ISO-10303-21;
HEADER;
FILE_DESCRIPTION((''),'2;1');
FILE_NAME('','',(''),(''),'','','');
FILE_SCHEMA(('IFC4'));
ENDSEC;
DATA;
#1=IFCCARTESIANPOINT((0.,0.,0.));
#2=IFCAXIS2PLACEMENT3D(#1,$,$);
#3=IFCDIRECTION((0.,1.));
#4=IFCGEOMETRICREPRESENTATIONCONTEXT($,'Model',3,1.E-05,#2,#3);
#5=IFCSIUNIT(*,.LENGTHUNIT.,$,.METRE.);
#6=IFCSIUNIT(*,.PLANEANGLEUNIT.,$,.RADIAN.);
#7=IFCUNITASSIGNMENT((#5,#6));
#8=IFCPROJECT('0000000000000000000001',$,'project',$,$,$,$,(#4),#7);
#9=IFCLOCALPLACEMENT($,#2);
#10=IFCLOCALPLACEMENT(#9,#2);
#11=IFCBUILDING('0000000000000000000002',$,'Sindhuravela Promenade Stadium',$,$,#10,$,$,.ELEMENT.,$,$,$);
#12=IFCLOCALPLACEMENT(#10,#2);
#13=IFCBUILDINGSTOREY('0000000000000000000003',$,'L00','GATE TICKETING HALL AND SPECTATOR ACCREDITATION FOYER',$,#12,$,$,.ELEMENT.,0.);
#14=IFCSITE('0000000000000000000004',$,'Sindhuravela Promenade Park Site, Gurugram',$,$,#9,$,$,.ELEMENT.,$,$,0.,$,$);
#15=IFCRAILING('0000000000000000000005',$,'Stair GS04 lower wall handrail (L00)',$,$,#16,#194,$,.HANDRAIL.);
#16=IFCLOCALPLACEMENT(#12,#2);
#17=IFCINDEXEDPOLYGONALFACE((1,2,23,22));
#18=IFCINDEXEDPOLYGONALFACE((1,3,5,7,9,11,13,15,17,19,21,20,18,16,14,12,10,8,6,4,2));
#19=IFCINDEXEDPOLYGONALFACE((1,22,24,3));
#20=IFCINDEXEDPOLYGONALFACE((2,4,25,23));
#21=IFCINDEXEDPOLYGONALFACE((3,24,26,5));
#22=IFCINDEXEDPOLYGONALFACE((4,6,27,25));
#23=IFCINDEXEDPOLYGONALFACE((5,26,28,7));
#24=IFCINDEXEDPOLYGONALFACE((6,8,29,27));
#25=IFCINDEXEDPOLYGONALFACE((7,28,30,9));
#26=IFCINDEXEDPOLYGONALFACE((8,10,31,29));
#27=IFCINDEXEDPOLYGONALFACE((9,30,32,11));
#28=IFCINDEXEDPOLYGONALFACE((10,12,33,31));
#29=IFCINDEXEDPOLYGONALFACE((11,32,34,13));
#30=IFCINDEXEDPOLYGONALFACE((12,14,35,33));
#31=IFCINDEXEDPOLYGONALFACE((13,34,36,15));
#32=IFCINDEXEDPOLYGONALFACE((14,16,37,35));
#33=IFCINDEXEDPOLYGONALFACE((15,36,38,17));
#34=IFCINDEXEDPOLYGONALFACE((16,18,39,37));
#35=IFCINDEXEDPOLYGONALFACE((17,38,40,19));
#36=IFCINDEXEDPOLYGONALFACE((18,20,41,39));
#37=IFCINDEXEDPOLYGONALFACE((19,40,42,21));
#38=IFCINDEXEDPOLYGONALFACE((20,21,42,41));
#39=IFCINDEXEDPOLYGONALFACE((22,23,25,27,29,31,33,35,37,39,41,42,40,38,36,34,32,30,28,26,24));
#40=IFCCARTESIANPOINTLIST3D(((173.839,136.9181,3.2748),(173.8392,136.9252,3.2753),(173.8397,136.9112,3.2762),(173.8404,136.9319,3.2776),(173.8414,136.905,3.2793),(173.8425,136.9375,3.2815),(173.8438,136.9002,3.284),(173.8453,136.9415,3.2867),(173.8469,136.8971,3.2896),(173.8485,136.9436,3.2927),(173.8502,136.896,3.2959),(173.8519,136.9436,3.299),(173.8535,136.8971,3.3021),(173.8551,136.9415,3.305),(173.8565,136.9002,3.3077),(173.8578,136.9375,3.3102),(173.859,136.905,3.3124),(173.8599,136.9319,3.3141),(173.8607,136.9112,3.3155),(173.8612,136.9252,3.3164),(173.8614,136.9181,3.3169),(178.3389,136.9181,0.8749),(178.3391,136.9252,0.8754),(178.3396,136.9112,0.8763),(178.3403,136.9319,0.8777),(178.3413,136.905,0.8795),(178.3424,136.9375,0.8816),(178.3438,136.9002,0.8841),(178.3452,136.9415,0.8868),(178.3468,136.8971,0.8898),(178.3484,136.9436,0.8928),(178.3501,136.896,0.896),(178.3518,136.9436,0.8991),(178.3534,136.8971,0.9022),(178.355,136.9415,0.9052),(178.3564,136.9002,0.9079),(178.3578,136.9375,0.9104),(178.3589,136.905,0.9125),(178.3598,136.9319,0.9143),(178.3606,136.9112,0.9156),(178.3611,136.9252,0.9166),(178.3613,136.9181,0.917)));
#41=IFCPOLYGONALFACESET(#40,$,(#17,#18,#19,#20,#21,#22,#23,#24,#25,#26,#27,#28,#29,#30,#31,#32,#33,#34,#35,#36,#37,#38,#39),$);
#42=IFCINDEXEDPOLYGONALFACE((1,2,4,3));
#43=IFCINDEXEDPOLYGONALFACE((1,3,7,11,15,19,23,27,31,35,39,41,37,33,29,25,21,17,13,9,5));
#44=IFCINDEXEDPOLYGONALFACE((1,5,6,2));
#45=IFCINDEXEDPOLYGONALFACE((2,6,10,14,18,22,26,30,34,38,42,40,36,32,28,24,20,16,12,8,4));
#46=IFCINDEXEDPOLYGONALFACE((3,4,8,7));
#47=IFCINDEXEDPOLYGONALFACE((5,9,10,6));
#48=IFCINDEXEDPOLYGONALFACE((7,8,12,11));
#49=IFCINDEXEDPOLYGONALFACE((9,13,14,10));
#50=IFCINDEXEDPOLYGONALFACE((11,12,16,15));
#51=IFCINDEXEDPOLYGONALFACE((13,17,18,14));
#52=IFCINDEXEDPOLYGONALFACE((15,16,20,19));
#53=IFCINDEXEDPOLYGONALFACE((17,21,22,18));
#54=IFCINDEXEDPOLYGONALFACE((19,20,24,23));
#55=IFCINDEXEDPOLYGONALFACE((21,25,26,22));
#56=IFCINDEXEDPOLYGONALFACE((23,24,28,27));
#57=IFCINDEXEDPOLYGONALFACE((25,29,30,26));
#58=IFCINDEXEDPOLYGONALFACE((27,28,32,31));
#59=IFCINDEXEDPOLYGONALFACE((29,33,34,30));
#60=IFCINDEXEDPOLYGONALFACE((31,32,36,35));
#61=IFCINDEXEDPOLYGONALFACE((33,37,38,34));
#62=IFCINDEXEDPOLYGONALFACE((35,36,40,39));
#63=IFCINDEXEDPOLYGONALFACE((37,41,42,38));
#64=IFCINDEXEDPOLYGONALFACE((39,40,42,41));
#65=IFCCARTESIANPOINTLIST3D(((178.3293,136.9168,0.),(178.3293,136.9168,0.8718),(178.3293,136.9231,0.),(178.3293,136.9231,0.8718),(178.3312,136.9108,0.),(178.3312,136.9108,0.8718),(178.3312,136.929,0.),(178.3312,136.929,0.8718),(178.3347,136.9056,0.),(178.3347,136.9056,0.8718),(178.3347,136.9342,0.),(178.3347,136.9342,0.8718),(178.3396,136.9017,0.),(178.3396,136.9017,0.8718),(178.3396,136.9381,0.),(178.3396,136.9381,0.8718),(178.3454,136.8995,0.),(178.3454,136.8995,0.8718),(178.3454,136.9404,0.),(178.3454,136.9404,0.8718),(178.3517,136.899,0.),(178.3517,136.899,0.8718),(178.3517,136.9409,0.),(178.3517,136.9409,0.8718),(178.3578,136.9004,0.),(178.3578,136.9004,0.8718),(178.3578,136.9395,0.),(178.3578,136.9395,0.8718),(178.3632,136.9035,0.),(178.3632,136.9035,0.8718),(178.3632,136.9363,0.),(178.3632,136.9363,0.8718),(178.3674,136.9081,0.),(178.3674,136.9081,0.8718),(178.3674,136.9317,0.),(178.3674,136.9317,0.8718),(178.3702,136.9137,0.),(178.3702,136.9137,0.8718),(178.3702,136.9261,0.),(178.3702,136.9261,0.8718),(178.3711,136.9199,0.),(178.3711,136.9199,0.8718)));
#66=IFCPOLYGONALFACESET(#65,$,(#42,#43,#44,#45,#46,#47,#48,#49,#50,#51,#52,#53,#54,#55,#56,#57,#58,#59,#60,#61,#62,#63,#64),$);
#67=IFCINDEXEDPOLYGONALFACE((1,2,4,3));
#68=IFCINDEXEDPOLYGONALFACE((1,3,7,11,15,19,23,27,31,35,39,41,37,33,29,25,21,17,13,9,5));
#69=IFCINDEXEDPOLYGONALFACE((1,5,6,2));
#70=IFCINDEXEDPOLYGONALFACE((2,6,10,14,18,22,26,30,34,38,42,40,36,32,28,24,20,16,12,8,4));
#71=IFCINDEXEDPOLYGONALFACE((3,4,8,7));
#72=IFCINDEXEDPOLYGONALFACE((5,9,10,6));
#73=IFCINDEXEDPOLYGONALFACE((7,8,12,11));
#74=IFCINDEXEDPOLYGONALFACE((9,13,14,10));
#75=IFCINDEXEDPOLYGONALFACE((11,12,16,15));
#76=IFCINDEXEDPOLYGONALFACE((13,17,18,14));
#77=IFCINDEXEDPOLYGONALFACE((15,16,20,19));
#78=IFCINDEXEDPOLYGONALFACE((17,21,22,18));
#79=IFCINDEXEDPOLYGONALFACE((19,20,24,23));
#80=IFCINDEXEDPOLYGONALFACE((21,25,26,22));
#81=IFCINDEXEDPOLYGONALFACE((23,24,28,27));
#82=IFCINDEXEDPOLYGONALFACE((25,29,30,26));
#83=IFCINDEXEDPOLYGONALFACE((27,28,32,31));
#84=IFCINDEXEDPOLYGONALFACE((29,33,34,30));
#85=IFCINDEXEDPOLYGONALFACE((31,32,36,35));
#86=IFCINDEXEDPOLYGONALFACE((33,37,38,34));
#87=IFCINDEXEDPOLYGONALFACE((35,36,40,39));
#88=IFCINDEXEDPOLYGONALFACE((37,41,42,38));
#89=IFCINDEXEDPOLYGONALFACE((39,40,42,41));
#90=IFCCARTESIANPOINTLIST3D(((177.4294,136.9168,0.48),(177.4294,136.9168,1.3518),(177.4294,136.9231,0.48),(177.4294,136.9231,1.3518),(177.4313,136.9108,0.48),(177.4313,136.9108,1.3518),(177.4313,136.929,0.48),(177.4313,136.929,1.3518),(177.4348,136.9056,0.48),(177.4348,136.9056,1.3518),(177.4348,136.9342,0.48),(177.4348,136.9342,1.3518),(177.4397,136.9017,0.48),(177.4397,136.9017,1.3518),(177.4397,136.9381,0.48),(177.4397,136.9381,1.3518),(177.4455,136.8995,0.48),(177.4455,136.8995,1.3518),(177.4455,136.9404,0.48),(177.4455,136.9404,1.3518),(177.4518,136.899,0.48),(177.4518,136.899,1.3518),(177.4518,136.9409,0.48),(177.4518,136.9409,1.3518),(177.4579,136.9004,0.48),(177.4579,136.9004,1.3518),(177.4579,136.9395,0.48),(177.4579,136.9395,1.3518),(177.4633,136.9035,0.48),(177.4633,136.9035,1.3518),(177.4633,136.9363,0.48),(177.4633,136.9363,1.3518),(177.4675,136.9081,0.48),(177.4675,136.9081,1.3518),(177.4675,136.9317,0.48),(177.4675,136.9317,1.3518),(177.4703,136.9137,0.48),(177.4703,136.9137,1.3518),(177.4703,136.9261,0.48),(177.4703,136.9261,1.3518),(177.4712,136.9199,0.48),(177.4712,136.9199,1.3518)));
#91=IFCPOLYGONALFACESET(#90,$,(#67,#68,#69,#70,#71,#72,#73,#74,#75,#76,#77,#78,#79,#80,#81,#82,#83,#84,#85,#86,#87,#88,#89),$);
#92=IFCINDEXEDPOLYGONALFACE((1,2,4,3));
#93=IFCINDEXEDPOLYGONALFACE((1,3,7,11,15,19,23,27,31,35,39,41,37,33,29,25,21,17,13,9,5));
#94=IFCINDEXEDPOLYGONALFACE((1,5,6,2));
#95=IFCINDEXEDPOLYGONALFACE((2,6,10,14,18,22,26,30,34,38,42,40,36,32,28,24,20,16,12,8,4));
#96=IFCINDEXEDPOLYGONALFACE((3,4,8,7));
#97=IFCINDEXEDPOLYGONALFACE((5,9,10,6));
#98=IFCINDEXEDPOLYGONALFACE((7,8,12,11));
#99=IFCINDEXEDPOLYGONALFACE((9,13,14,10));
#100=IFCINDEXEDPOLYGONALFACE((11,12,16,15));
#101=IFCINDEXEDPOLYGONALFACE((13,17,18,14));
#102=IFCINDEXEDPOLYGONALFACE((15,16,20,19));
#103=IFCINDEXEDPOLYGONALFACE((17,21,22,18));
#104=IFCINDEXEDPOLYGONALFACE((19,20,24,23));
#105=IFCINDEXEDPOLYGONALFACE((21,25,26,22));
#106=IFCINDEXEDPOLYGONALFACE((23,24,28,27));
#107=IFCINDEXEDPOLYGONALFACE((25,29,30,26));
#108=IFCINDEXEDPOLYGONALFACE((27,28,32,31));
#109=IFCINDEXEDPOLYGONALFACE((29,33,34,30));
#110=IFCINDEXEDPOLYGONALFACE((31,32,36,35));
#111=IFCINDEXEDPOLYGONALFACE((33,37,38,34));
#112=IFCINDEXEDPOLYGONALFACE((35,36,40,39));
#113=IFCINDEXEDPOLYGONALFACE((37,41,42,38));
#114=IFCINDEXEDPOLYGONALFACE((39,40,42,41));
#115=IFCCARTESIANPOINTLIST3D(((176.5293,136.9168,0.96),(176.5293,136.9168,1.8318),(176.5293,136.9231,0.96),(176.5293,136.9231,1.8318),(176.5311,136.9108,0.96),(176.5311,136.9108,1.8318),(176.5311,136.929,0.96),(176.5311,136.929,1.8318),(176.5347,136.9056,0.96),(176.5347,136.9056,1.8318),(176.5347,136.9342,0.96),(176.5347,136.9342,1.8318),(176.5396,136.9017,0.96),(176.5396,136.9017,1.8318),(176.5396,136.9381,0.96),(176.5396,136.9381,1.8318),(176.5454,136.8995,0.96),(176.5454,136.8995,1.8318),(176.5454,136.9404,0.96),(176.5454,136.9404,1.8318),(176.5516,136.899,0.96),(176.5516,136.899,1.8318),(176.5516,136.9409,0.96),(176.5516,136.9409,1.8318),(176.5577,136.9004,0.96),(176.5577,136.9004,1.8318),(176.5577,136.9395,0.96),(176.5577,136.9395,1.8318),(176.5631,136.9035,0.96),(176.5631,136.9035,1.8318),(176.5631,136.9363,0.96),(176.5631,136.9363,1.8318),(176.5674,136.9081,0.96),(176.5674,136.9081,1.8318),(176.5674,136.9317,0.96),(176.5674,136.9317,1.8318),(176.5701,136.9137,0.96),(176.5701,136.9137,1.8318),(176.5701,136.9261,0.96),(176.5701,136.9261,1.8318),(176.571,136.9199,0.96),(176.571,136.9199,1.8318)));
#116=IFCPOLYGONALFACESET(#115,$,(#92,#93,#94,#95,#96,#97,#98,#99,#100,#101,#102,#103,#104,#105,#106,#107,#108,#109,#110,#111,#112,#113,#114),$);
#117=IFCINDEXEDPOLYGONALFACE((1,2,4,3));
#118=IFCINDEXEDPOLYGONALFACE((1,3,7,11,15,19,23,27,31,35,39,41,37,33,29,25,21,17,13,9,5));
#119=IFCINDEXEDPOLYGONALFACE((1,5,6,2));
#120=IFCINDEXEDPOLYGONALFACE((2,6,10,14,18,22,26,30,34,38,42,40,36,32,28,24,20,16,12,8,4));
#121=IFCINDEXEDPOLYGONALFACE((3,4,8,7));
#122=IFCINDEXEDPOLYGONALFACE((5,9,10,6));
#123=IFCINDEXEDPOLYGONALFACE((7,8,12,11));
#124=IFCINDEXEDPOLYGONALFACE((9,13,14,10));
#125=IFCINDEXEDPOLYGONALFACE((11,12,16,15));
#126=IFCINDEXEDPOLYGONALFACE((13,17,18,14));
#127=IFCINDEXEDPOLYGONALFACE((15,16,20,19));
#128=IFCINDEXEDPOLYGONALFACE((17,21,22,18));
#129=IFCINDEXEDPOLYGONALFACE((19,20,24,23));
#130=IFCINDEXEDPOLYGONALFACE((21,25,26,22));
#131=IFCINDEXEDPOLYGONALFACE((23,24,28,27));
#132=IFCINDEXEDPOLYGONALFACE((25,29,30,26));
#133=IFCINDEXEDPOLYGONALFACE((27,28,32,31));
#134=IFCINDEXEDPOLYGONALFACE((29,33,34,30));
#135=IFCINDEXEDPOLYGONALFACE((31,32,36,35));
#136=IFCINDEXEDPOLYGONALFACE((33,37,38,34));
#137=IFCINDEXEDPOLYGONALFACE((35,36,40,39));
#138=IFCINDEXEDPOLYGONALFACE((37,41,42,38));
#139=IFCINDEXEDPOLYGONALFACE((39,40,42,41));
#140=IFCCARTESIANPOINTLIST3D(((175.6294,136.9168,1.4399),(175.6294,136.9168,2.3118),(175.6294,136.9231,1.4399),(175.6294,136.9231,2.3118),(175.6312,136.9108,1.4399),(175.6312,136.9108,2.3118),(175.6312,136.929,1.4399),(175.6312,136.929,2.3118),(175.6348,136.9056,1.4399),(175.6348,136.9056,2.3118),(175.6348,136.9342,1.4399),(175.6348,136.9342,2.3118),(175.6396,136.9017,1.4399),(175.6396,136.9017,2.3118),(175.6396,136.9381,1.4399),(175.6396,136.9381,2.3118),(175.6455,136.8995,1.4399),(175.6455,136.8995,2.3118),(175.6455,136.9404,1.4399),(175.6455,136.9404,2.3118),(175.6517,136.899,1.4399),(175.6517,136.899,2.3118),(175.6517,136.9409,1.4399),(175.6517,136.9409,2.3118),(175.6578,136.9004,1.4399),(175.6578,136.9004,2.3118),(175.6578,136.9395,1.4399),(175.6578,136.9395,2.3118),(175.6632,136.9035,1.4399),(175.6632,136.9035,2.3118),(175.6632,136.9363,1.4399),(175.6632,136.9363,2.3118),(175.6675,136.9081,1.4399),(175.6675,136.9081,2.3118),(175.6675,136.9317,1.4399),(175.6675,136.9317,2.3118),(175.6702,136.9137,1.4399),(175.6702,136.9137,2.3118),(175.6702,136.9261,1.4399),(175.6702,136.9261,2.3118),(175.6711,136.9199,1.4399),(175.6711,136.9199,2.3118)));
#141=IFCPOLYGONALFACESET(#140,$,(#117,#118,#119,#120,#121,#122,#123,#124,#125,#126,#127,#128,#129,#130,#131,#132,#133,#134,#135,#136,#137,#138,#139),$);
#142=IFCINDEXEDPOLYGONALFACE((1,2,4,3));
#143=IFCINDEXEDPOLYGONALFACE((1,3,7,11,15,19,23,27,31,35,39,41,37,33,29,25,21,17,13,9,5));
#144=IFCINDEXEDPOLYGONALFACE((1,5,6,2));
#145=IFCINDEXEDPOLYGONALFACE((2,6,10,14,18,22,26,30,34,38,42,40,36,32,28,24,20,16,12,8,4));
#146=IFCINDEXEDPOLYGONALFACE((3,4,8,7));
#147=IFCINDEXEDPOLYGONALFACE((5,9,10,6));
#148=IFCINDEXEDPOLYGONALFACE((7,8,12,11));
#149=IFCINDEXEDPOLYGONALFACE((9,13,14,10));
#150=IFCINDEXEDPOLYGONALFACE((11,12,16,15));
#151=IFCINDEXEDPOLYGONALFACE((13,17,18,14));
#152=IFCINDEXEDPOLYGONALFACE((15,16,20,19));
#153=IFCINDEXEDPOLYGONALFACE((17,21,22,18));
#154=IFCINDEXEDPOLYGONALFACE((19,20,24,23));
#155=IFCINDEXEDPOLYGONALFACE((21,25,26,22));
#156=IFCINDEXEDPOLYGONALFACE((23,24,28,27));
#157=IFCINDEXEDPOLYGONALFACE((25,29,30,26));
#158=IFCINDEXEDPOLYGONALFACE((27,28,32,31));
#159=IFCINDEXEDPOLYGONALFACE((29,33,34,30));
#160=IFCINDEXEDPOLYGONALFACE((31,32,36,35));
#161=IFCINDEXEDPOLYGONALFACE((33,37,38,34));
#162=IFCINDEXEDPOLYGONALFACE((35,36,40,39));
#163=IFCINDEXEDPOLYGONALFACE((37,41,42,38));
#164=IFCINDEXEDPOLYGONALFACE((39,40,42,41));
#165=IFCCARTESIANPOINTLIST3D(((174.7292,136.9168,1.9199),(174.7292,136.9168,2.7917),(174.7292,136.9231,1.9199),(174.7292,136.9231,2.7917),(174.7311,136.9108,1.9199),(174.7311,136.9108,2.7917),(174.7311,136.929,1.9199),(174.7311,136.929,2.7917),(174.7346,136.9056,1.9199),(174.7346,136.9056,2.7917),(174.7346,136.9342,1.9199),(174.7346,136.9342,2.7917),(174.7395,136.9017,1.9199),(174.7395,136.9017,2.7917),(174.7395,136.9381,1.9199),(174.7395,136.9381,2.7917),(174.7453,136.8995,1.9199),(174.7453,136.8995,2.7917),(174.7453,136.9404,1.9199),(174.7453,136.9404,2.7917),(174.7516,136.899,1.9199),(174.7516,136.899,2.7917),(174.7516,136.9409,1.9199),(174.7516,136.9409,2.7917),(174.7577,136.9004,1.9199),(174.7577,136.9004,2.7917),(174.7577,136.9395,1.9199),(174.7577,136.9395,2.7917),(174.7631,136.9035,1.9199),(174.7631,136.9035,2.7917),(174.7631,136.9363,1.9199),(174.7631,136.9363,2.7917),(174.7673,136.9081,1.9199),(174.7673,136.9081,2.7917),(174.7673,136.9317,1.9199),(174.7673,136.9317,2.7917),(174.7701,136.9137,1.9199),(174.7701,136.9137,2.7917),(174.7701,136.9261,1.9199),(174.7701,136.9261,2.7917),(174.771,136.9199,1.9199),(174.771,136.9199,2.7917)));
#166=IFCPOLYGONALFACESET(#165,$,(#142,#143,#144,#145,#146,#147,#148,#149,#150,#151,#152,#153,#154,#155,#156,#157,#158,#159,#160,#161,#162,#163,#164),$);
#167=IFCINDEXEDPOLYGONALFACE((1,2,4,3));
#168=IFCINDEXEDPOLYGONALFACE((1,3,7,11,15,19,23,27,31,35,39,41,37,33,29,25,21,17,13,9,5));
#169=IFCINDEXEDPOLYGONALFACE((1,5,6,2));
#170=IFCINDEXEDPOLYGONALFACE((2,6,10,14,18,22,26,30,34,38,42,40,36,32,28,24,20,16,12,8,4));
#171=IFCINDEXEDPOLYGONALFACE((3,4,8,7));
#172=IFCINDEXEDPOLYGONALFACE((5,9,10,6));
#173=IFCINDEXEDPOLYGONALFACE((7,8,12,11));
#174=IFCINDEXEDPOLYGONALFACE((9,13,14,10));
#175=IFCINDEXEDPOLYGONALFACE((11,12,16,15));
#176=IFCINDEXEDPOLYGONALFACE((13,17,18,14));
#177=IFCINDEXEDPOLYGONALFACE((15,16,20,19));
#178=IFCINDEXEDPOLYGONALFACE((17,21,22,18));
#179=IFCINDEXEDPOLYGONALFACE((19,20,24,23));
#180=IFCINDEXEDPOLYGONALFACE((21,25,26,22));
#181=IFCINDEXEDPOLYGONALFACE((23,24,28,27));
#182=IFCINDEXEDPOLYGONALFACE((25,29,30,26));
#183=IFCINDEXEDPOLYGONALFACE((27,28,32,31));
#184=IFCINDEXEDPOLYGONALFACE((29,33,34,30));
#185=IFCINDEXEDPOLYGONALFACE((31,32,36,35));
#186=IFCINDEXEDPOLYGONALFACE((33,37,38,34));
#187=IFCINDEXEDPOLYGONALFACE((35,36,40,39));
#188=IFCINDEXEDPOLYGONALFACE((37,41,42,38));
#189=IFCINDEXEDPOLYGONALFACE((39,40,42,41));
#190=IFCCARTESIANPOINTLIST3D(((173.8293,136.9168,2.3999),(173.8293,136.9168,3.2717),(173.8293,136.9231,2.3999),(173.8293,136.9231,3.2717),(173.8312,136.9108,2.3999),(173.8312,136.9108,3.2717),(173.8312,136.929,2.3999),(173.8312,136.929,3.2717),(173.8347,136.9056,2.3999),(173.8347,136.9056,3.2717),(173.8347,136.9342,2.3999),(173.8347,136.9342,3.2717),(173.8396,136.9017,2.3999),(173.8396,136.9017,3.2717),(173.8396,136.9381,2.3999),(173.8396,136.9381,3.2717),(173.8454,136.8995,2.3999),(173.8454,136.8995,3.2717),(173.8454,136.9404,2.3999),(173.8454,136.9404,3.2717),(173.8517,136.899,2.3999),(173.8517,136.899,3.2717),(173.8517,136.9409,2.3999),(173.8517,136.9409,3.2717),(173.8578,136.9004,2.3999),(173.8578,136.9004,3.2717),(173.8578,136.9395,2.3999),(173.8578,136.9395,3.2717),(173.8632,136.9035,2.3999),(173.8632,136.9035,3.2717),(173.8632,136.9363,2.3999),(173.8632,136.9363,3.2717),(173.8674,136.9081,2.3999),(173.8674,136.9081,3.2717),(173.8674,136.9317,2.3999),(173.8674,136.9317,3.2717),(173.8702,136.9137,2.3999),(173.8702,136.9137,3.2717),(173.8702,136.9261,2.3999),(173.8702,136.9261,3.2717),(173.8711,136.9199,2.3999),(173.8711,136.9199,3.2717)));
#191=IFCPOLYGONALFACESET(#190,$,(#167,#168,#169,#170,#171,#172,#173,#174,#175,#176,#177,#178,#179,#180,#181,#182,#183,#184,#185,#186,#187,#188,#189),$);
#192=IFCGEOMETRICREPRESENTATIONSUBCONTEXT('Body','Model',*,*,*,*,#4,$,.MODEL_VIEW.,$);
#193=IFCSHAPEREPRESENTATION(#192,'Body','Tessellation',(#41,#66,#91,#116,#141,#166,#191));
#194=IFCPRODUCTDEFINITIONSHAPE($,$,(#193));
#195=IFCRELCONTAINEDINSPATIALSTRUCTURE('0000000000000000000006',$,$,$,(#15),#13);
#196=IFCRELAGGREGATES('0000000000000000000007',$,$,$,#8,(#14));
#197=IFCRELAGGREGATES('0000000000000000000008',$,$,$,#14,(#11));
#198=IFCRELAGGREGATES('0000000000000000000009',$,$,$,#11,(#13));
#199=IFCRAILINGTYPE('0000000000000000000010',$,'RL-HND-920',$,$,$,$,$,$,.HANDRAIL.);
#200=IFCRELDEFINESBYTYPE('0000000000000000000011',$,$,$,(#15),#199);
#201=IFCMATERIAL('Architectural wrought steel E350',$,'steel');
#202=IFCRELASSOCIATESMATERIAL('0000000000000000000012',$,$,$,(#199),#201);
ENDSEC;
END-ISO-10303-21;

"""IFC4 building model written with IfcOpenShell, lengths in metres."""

from ifc_helpers import new_model, si_unit, direction, frame, origin, origin_2d, place, context, subcontext, project, spatial, circle, extrude, material, type_object, element, save


model = new_model("IFC4")

# Units and contexts
model_context = context("Model", 3, precision=1e-05, world=origin(), true_north=direction((0.0, 1.0)))
body_context = subcontext(model_context, "Body", "Model", "MODEL_VIEW")
ifc_project = project(units=[si_unit("LENGTHUNIT", "METRE"), si_unit("PLANEANGLEUNIT", "RADIAN")], contexts=[model_context])

# Site, building, storey
site_placement = place(None, origin())
site = spatial("IfcSite", under=ifc_project, at=site_placement, Name="Sindhuravela Promenade Park Site, Gurugram", CompositionType="ELEMENT", RefElevation=0.0)
building_placement = place(site_placement, origin())
building = spatial("IfcBuilding", under=site, at=building_placement, Name="Sindhuravela Promenade Stadium", CompositionType="ELEMENT")
storey_placement = place(building_placement, origin())
storey = spatial("IfcBuildingStorey", under=building, at=storey_placement, Name="L00", Description="GATE TICKETING HALL AND SPECTATOR ACCREDITATION FOYER", CompositionType="ELEMENT", Elevation=0.0)

# Shared definitions
ifc_material_1 = material(Name="Architectural wrought steel E350", Category="steel")

# Railing
railing_type = type_object("IfcRailingType", Name="RL-HND-920", PredefinedType="HANDRAIL", material=ifc_material_1)
railing_placement = place(storey_placement, frame((178.3501, 136.9199, 0.0)))
element("IfcRailing", 1, at=railing_placement, inside=storey, type_object=railing_type, Name="Stair GS04 lower wall handrail (L00)", PredefinedType="HANDRAIL", context=body_context, shape_type="SweptSolid", body=[
    extrude(circle(Radius=0.0239, at=origin_2d()), frame((0.0, 0.0, 0.896), z_axis=(-0.882361, 0.0, 0.470573), x_axis=(0.0, -1.0, 0.0)), (0.0, 0.0, 1.0), 5.0999),
    extrude(circle(Radius=0.021, at=origin_2d()), origin(), (0.0, 0.0, 1.0), 0.8718),
    extrude(circle(Radius=0.021, at=origin_2d()), frame((-0.8999, 0.0, 0.48)), (0.0, 0.0, 1.0), 0.8718),
    extrude(circle(Radius=0.021, at=origin_2d()), frame((-1.8, 0.0, 0.96)), (0.0, 0.0, 1.0), 0.8718),
    extrude(circle(Radius=0.021, at=origin_2d()), frame((-2.7, 0.0, 1.4399)), (0.0, 0.0, 1.0), 0.8718),
    extrude(circle(Radius=0.021, at=origin_2d()), frame((-3.6001, 0.0, 1.9199)), (0.0, 0.0, 1.0), 0.8718),
    extrude(circle(Radius=0.021, at=origin_2d()), frame((-4.5, 0.0, 2.3999)), (0.0, 0.0, 1.0), 0.8718),
])

save(model, "model.ifc")
